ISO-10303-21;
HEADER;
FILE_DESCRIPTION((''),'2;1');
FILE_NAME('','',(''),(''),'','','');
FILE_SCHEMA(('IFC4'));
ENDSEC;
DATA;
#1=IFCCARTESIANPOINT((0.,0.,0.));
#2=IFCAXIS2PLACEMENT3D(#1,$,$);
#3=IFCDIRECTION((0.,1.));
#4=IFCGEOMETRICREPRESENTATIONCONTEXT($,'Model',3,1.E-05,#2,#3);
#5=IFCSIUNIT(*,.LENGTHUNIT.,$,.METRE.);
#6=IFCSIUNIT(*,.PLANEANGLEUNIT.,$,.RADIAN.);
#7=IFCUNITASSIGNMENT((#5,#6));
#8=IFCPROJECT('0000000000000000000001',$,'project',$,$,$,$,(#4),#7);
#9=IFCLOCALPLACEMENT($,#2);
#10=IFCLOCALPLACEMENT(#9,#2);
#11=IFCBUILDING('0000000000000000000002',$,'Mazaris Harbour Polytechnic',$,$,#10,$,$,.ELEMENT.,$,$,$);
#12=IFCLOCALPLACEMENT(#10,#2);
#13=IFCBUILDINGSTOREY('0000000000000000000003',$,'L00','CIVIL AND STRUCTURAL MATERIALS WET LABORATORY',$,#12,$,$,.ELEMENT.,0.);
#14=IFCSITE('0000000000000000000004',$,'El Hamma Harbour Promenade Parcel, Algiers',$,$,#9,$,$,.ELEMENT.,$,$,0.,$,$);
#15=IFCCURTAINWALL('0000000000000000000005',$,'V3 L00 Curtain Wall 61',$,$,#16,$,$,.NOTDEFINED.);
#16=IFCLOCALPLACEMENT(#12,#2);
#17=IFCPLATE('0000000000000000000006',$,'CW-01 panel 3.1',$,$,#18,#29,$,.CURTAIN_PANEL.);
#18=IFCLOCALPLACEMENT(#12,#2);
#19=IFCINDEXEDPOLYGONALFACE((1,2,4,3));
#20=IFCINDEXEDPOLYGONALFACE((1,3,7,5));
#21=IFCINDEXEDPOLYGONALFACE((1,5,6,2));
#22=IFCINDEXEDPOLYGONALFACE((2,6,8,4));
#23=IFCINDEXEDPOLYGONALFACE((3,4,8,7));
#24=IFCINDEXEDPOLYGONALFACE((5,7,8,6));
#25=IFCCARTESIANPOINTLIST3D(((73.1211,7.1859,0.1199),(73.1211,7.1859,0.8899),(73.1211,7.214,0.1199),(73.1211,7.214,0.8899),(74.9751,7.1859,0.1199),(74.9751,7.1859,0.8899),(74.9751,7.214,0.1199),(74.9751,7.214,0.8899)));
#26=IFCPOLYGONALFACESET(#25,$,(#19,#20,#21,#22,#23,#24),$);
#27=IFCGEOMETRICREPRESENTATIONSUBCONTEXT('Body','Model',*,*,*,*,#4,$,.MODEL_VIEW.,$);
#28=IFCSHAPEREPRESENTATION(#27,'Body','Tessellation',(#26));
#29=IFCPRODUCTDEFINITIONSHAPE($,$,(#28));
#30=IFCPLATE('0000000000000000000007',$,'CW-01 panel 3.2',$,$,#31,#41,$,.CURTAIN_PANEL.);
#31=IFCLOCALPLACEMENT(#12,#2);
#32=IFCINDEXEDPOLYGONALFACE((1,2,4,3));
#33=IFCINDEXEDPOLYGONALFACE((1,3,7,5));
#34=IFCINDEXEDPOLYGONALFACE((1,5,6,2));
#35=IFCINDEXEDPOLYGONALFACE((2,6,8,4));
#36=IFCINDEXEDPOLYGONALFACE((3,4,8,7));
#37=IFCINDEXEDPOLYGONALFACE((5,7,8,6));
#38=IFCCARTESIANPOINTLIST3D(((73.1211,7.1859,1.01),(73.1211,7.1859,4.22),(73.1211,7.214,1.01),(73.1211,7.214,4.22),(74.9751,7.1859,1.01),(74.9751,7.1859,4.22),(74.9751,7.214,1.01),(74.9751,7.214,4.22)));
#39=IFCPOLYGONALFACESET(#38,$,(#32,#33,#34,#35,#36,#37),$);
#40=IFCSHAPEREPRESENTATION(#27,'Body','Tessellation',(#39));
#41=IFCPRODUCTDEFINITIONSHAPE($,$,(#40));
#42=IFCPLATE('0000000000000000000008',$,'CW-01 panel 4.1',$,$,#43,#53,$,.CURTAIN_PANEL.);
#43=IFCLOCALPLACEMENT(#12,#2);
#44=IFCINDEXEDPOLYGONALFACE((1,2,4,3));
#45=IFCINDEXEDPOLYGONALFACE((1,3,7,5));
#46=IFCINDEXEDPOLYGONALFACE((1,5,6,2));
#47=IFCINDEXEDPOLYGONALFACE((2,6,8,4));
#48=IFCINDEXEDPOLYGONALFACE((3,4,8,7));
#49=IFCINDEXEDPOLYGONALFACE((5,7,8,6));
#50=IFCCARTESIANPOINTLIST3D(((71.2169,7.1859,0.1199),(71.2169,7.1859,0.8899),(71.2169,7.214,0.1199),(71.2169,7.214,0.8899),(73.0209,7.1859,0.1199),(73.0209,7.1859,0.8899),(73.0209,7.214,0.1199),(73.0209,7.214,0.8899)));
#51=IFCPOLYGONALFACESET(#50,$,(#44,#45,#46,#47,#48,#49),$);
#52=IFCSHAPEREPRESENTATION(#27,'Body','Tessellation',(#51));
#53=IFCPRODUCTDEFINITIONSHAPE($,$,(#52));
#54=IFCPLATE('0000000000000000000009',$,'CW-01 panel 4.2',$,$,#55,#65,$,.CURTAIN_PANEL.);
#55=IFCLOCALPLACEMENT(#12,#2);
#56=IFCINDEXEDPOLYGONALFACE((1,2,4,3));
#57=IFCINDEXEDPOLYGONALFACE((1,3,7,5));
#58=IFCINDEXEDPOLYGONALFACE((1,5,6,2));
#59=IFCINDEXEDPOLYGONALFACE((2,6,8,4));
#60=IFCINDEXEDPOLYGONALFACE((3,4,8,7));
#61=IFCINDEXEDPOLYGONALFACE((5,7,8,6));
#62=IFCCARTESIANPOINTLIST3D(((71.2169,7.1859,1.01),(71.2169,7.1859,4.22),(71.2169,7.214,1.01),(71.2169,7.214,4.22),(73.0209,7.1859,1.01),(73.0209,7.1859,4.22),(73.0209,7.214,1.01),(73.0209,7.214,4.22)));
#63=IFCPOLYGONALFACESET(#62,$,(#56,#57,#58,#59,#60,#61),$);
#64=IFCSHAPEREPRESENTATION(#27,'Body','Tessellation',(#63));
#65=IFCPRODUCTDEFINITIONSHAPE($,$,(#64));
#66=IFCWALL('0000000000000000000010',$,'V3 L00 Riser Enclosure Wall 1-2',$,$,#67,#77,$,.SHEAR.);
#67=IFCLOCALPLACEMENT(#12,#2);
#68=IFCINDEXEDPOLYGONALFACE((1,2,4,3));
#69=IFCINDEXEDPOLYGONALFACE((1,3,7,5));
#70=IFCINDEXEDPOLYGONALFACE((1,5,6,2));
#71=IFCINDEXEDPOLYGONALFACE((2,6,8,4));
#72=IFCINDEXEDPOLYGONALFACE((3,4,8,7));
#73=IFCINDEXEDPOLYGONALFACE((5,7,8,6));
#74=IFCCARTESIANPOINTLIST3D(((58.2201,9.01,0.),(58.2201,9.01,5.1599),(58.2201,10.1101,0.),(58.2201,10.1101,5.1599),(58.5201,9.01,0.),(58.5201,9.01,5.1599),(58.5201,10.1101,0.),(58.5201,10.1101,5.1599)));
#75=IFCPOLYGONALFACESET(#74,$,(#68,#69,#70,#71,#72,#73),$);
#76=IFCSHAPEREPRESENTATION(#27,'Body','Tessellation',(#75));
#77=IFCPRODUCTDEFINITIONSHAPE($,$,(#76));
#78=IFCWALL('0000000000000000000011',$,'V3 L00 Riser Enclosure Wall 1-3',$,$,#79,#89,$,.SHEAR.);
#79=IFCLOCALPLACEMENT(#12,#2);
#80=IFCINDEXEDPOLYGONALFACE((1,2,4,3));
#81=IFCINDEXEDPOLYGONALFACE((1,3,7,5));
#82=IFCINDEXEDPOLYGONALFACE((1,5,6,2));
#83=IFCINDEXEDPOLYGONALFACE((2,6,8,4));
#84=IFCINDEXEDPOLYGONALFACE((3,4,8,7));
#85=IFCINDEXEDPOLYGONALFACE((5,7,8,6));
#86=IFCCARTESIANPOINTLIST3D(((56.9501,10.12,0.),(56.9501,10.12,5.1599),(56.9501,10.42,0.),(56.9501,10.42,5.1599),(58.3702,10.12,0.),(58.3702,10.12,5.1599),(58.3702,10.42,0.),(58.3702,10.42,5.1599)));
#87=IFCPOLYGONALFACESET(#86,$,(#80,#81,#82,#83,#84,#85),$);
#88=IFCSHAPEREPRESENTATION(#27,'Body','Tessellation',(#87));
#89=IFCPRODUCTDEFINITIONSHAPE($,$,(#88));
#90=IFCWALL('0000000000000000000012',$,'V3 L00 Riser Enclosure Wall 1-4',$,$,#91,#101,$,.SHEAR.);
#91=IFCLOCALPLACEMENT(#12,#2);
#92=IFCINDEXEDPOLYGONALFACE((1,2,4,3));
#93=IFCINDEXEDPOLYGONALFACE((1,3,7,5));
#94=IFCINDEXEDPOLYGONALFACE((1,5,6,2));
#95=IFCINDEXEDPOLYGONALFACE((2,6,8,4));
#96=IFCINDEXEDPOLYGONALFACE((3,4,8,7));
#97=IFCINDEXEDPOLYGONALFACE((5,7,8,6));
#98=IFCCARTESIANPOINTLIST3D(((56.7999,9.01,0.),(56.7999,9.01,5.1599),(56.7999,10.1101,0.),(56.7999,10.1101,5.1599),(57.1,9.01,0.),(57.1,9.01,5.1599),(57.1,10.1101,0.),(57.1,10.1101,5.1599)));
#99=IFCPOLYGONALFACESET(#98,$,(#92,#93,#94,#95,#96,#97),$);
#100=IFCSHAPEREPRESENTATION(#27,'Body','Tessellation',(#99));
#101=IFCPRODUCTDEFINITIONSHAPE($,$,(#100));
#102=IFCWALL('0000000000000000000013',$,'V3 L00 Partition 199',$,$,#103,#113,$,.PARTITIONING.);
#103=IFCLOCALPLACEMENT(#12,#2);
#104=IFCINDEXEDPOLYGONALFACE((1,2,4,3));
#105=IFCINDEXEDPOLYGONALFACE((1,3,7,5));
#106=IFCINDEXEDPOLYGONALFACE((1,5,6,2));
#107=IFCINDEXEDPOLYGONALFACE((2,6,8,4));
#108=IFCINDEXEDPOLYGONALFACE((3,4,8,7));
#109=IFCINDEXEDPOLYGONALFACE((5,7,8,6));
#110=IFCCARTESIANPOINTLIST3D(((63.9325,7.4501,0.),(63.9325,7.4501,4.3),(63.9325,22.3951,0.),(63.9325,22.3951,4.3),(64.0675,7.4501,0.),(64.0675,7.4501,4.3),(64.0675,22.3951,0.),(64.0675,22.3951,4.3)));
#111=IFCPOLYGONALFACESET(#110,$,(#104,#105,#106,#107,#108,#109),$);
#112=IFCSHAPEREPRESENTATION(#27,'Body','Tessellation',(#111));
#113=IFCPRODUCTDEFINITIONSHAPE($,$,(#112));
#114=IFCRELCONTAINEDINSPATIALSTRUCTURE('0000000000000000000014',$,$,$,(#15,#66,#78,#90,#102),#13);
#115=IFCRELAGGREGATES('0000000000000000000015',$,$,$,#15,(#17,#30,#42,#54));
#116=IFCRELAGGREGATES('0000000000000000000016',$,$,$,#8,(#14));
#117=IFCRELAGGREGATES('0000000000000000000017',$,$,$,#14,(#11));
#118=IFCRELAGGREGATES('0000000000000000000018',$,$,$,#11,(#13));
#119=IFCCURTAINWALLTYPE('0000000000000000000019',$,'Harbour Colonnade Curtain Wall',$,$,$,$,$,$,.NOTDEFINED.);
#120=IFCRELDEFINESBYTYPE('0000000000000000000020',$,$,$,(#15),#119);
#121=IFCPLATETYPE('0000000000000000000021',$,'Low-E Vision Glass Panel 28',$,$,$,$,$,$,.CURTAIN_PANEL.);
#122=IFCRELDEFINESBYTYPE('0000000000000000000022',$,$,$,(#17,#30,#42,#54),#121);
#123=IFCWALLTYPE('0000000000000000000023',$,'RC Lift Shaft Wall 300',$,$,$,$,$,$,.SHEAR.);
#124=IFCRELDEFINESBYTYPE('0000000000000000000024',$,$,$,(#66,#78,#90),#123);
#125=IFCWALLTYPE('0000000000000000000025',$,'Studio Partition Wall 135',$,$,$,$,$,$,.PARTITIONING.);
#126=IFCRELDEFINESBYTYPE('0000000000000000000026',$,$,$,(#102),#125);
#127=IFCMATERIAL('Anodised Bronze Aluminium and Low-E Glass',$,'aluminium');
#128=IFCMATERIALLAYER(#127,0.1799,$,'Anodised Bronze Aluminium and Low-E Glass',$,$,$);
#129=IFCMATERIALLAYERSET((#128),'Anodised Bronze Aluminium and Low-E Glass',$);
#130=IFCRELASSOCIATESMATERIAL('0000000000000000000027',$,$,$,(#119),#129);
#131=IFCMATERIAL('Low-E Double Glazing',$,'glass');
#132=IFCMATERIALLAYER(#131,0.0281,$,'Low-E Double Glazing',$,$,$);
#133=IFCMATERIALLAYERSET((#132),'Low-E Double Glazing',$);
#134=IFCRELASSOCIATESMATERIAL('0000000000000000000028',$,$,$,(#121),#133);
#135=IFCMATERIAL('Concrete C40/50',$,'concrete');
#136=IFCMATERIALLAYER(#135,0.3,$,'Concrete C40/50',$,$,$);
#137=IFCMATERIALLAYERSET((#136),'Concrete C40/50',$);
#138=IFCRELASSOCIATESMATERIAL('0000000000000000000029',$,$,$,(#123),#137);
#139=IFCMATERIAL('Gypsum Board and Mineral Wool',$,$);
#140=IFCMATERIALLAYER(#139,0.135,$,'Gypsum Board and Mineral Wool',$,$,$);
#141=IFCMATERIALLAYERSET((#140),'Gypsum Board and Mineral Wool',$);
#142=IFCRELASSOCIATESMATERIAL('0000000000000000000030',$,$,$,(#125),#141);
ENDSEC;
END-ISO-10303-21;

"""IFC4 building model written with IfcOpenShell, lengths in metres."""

from ifc_helpers import new_model, si_unit, direction, frame, frame_2d, origin, origin_2d, place, context, subcontext, project, spatial, rectangle, extrude, material, layer, layer_set, type_object, element, aggregate, save


model = new_model("IFC4")

# Units and contexts
model_context = context("Model", 3, precision=1e-05, world=origin(), true_north=direction((0.0, 1.0)))
body_context = subcontext(model_context, "Body", "Model", "MODEL_VIEW")
ifc_project = project(units=[si_unit("LENGTHUNIT", "METRE"), si_unit("PLANEANGLEUNIT", "RADIAN")], contexts=[model_context])

# Site, building, storey
site_placement = place(None, origin())
site = spatial("IfcSite", under=ifc_project, at=site_placement, Name="El Hamma Harbour Promenade Parcel, Algiers", CompositionType="ELEMENT", RefElevation=0.0)
building_placement = place(site_placement, origin())
building = spatial("IfcBuilding", under=site, at=building_placement, Name="Mazaris Harbour Polytechnic", CompositionType="ELEMENT")
storey_placement = place(building_placement, origin())
storey = spatial("IfcBuildingStorey", under=building, at=storey_placement, Name="L00", Description="CIVIL AND STRUCTURAL MATERIALS WET LABORATORY", CompositionType="ELEMENT", Elevation=0.0)

# Curtain wall
ifc_material_1 = material(Name="Anodised Bronze Aluminium and Low-E Glass", Category="aluminium")
ifc_layer_1 = layer(ifc_material_1, 0.1799, Name="Anodised Bronze Aluminium and Low-E Glass")
ifc_layer_set_1 = layer_set([ifc_layer_1], Name="Anodised Bronze Aluminium and Low-E Glass")
curtain_wall_type = type_object("IfcCurtainWallType", Name="Harbour Colonnade Curtain Wall", PredefinedType="NOTDEFINED", material=ifc_layer_set_1)
curtain_wall_placement = place(storey_placement, origin())
curtain_wall = element("IfcCurtainWall", 1, at=curtain_wall_placement, inside=storey, type_object=curtain_wall_type, Name="V3 L00 Curtain Wall 61", PredefinedType="NOTDEFINED")

# Plates
ifc_material_2 = material(Name="Low-E Double Glazing", Category="glass")
ifc_layer_2 = layer(ifc_material_2, 0.0281, Name="Low-E Double Glazing")
ifc_layer_set_2 = layer_set([ifc_layer_2], Name="Low-E Double Glazing")
plate_type = type_object("IfcPlateType", Name="Low-E Vision Glass Panel 28", PredefinedType="CURTAIN_PANEL", material=ifc_layer_set_2)
plate_1_placement = place(storey_placement, frame((74.0481, 7.2, 0.1199), z_axis=(0.0, 0.0, 1.0), x_axis=(-1.0, 0.0, 0.0)))
plate_1 = element("IfcPlate", 2, at=plate_1_placement, type_object=plate_type, Name="CW-01 panel 3.1", PredefinedType="CURTAIN_PANEL", context=body_context, shape_type="SweptSolid", body=[
    extrude(rectangle(XDim=1.854, YDim=0.0281, at=origin_2d()), origin(), (0.0, 0.0, 1.0), 0.77),
])
plate_2_placement = place(storey_placement, frame((74.0481, 7.2, 1.01), z_axis=(0.0, 0.0, 1.0), x_axis=(-1.0, 0.0, 0.0)))
plate_2 = element("IfcPlate", 3, at=plate_2_placement, type_object=plate_type, Name="CW-01 panel 3.2", PredefinedType="CURTAIN_PANEL", context=body_context, shape_type="SweptSolid", body=[
    extrude(rectangle(XDim=1.854, YDim=0.0281, at=origin_2d()), origin(), (0.0, 0.0, 1.0), 3.21),
])
plate_3_placement = place(storey_placement, frame((72.1189, 7.2, 0.1199), z_axis=(0.0, 0.0, 1.0), x_axis=(-1.0, 0.0, 0.0)))
plate_3 = element("IfcPlate", 4, at=plate_3_placement, type_object=plate_type, Name="CW-01 panel 4.1", PredefinedType="CURTAIN_PANEL", context=body_context, shape_type="SweptSolid", body=[
    extrude(rectangle(XDim=1.804, YDim=0.0281, at=origin_2d()), origin(), (0.0, 0.0, 1.0), 0.77),
])
plate_4_placement = place(storey_placement, frame((72.1189, 7.2, 1.01), z_axis=(0.0, 0.0, 1.0), x_axis=(-1.0, 0.0, 0.0)))
plate_4 = element("IfcPlate", 5, at=plate_4_placement, type_object=plate_type, Name="CW-01 panel 4.2", PredefinedType="CURTAIN_PANEL", context=body_context, shape_type="SweptSolid", body=[
    extrude(rectangle(XDim=1.804, YDim=0.0281, at=origin_2d()), origin(), (0.0, 0.0, 1.0), 3.21),
])
aggregate(curtain_wall, [plate_1, plate_2, plate_3, plate_4])

# Walls
ifc_material_3 = material(Name="Concrete C40/50", Category="concrete")
ifc_layer_3 = layer(ifc_material_3, 0.3, Name="Concrete C40/50")
ifc_layer_set_3 = layer_set([ifc_layer_3], Name="Concrete C40/50")
wall_type_1 = type_object("IfcWallType", Name="RC Lift Shaft Wall 300", PredefinedType="SHEAR", material=ifc_layer_set_3)
wall_1_placement = place(storey_placement, frame((58.3701, 9.01, 0.0), z_axis=(0.0, 0.0, 1.0), x_axis=(0.0, 1.0, 0.0)))
element("IfcWall", 6, at=wall_1_placement, inside=storey, type_object=wall_type_1, Name="V3 L00 Riser Enclosure Wall 1-2", PredefinedType="SHEAR", context=body_context, shape_type="SweptSolid", body=[
    extrude(rectangle(XDim=1.1001, YDim=0.3, at=frame_2d((0.55, 0.0))), origin(), (0.0, 0.0, 1.0), 5.1599),
])
wall_2_placement = place(storey_placement, frame((58.3701, 10.27, 0.0), z_axis=(0.0, 0.0, 1.0), x_axis=(-1.0, 0.0, 0.0)))
element("IfcWall", 7, at=wall_2_placement, inside=storey, type_object=wall_type_1, Name="V3 L00 Riser Enclosure Wall 1-3", PredefinedType="SHEAR", context=body_context, shape_type="SweptSolid", body=[
    extrude(rectangle(XDim=1.4202, YDim=0.3, at=frame_2d((0.71, 0.0))), origin(), (0.0, 0.0, 1.0), 5.1599),
])
wall_3_placement = place(storey_placement, frame((56.95, 10.1101, 0.0), z_axis=(0.0, 0.0, 1.0), x_axis=(0.0, -1.0, 0.0)))
element("IfcWall", 8, at=wall_3_placement, inside=storey, type_object=wall_type_1, Name="V3 L00 Riser Enclosure Wall 1-4", PredefinedType="SHEAR", context=body_context, shape_type="SweptSolid", body=[
    extrude(rectangle(XDim=1.1001, YDim=0.3, at=frame_2d((0.55, 0.0))), origin(), (0.0, 0.0, 1.0), 5.1599),
])
ifc_material_4 = material(Name="Gypsum Board and Mineral Wool")
ifc_layer_4 = layer(ifc_material_4, 0.135, Name="Gypsum Board and Mineral Wool")
ifc_layer_set_4 = layer_set([ifc_layer_4], Name="Gypsum Board and Mineral Wool")
wall_type_2 = type_object("IfcWallType", Name="Studio Partition Wall 135", PredefinedType="PARTITIONING", material=ifc_layer_set_4)
wall_4_placement = place(storey_placement, frame((64.0, 7.45, 0.0), z_axis=(0.0, 0.0, 1.0), x_axis=(0.0, 1.0, 0.0)))
element("IfcWall", 9, at=wall_4_placement, inside=storey, type_object=wall_type_2, Name="V3 L00 Partition 199", PredefinedType="PARTITIONING", context=body_context, shape_type="SweptSolid", body=[
    extrude(rectangle(XDim=14.9451, YDim=0.135, at=frame_2d((7.4727, 0.0))), origin(), (0.0, 0.0, 1.0), 4.3),
])

save(model, "model.ifc")
